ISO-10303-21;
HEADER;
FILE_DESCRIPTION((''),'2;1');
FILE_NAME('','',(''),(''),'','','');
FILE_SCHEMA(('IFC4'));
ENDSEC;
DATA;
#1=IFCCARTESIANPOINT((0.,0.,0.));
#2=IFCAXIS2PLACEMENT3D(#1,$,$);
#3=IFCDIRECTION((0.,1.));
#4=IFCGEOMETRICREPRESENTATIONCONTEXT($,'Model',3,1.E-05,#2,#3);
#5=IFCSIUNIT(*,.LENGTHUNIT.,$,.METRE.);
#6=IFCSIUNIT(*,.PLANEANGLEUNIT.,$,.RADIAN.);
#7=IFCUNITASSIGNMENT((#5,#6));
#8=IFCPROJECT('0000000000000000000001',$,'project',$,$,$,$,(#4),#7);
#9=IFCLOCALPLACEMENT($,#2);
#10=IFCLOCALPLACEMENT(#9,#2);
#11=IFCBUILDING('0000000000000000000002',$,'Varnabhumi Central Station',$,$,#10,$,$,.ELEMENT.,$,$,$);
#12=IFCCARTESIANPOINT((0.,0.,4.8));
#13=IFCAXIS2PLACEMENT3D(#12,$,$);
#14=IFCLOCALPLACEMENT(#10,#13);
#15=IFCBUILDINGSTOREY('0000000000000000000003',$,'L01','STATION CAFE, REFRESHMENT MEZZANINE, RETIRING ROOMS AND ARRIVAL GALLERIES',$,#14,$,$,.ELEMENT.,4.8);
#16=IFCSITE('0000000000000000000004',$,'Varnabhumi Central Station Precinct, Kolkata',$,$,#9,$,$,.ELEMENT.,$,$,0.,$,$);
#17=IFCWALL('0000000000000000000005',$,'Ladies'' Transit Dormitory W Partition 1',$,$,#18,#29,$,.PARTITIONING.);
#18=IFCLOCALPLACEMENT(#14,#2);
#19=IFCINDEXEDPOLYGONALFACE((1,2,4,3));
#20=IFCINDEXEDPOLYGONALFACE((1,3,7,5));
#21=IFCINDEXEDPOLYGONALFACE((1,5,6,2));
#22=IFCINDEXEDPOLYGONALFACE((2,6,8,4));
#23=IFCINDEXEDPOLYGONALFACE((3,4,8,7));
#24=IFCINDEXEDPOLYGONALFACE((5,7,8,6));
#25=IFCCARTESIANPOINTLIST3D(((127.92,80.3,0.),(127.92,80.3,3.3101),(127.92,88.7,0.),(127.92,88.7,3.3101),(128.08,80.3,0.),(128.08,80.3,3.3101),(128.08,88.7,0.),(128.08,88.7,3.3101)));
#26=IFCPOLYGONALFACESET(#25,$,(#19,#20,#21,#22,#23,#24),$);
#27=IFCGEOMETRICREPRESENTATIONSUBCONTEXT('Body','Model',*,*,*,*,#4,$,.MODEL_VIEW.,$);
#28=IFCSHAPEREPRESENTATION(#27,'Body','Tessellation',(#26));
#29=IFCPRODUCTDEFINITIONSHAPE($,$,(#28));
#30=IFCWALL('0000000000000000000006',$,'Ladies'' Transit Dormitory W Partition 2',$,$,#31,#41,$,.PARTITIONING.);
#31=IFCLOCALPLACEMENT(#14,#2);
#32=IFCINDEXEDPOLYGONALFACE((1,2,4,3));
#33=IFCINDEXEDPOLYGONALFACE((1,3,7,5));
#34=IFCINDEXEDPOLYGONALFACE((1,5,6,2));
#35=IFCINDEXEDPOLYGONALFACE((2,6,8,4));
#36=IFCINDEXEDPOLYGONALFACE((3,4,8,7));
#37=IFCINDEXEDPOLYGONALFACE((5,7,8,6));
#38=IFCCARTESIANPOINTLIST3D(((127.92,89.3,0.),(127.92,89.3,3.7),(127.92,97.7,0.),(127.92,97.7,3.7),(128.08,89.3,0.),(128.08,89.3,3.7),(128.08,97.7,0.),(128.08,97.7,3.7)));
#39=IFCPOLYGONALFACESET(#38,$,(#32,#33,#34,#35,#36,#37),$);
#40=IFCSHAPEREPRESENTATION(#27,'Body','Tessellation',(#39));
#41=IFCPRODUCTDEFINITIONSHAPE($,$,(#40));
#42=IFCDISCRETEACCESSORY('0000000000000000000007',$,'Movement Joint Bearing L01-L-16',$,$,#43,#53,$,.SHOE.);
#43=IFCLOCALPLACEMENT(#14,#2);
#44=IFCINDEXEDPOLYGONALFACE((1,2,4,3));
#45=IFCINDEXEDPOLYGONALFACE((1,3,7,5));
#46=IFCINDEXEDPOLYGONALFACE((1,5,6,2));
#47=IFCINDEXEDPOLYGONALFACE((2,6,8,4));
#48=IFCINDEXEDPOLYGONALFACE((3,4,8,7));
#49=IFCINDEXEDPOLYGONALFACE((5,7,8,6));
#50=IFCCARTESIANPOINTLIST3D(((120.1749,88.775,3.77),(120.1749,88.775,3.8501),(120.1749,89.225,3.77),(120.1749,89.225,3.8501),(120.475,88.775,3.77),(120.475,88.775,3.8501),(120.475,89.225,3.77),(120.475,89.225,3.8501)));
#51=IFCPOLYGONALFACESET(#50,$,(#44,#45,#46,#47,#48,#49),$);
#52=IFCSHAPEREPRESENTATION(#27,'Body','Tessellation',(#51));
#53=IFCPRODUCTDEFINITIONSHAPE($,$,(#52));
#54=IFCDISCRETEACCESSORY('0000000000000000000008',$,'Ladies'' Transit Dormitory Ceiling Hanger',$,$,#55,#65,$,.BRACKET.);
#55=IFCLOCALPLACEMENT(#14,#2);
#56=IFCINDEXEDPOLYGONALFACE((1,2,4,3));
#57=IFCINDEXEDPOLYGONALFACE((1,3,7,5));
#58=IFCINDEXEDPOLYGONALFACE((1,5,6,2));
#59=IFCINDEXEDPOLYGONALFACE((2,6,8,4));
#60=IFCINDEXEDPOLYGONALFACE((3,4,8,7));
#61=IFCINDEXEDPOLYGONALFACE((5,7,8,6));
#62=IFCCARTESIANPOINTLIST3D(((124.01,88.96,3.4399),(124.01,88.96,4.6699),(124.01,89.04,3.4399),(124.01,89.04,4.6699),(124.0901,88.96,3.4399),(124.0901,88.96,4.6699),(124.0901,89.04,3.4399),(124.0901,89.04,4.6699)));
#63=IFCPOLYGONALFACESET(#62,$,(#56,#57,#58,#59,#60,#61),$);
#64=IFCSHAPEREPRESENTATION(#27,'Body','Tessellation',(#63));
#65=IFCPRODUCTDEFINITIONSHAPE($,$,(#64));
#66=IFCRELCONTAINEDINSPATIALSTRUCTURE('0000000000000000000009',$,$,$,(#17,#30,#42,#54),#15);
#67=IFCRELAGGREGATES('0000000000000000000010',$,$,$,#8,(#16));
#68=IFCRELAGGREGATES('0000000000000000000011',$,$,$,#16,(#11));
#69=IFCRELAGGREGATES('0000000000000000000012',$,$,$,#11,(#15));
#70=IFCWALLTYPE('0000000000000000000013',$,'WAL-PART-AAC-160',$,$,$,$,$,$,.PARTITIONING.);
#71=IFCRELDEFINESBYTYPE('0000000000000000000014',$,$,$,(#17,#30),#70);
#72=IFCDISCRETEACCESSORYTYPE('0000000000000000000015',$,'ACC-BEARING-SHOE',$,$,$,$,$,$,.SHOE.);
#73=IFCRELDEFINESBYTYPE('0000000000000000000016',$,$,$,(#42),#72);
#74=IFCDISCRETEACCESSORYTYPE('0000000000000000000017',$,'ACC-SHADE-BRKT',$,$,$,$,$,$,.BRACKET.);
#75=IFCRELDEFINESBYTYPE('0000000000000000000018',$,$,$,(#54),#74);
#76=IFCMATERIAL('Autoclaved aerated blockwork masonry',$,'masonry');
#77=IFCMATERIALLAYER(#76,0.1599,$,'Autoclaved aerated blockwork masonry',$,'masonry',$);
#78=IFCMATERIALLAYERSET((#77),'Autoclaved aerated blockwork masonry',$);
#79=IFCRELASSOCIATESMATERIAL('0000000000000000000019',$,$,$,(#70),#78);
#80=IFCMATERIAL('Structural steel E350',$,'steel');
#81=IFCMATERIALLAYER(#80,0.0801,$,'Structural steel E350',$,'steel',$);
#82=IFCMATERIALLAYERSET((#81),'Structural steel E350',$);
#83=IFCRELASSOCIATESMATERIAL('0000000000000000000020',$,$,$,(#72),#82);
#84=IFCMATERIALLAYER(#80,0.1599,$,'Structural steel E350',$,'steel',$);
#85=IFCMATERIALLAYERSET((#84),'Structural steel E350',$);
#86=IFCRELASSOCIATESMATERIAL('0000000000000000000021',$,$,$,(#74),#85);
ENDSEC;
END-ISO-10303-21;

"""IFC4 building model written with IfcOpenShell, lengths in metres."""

from ifc_helpers import new_model, si_unit, direction, frame, frame_2d, origin, origin_2d, place, context, subcontext, project, spatial, rectangle, extrude, material, layer, layer_set, type_object, element, save


model = new_model("IFC4")

# Units and contexts
model_context = context("Model", 3, precision=1e-05, world=origin(), true_north=direction((0.0, 1.0)))
body_context = subcontext(model_context, "Body", "Model", "MODEL_VIEW")
ifc_project = project(units=[si_unit("LENGTHUNIT", "METRE"), si_unit("PLANEANGLEUNIT", "RADIAN")], contexts=[model_context])

# Site, building, storey
site_placement = place(None, origin())
site = spatial("IfcSite", under=ifc_project, at=site_placement, Name="Varnabhumi Central Station Precinct, Kolkata", CompositionType="ELEMENT", RefElevation=0.0)
building_placement = place(site_placement, origin())
building = spatial("IfcBuilding", under=site, at=building_placement, Name="Varnabhumi Central Station", CompositionType="ELEMENT")
storey_placement = place(building_placement, frame((0.0, 0.0, 4.8)))
storey = spatial("IfcBuildingStorey", under=building, at=storey_placement, Name="L01", Description="STATION CAFE, REFRESHMENT MEZZANINE, RETIRING ROOMS AND ARRIVAL GALLERIES", CompositionType="ELEMENT", Elevation=4.8)

# Shared definitions
ifc_material_1 = material(Name="Structural steel E350", Category="steel")

# Walls
ifc_material_2 = material(Name="Autoclaved aerated blockwork masonry", Category="masonry")
ifc_layer_1 = layer(ifc_material_2, 0.1599, Name="Autoclaved aerated blockwork masonry", Category="masonry")
ifc_layer_set_1 = layer_set([ifc_layer_1], Name="Autoclaved aerated blockwork masonry")
wall_type = type_object("IfcWallType", Name="WAL-PART-AAC-160", PredefinedType="PARTITIONING", material=ifc_layer_set_1)
wall_1_placement = place(storey_placement, frame((128.0, 80.3, 0.0), z_axis=(0.0, 0.0, 1.0), x_axis=(0.0, 1.0, 0.0)))
element("IfcWall", 1, at=wall_1_placement, inside=storey, type_object=wall_type, Name="Ladies' Transit Dormitory W Partition 1", PredefinedType="PARTITIONING", context=body_context, shape_type="SweptSolid", body=[
    extrude(rectangle(XDim=8.3999, YDim=0.1599, at=frame_2d((4.2, 0.0))), origin(), (0.0, 0.0, 1.0), 3.3101),
])
wall_2_placement = place(storey_placement, frame((128.0, 89.3, 0.0), z_axis=(0.0, 0.0, 1.0), x_axis=(0.0, 1.0, 0.0)))
element("IfcWall", 2, at=wall_2_placement, inside=storey, type_object=wall_type, Name="Ladies' Transit Dormitory W Partition 2", PredefinedType="PARTITIONING", context=body_context, shape_type="SweptSolid", body=[
    extrude(rectangle(XDim=8.3999, YDim=0.1599, at=frame_2d((4.2, 0.0))), origin(), (0.0, 0.0, 1.0), 3.7),
])

# Discrete accessories
ifc_layer_2 = layer(ifc_material_1, 0.0801, Name="Structural steel E350", Category="steel")
ifc_layer_set_2 = layer_set([ifc_layer_2], Name="Structural steel E350")
discrete_accessory_type_1 = type_object("IfcDiscreteAccessoryType", Name="ACC-BEARING-SHOE", PredefinedType="SHOE", material=ifc_layer_set_2)
discrete_accessory_1_placement = place(storey_placement, frame((120.325, 89.0, 3.77), z_axis=(0.0, 0.0, 1.0), x_axis=(1.0, 0.0, 0.0)))
element("IfcDiscreteAccessory", 3, at=discrete_accessory_1_placement, inside=storey, type_object=discrete_accessory_type_1, Name="Movement Joint Bearing L01-L-16", PredefinedType="SHOE", context=body_context, shape_type="SweptSolid", body=[
    extrude(rectangle(XDim=0.3, YDim=0.45, at=origin_2d()), origin(), (0.0, 0.0, 1.0), 0.0801),
])
ifc_layer_3 = layer(ifc_material_1, 0.1599, Name="Structural steel E350", Category="steel")
ifc_layer_set_3 = layer_set([ifc_layer_3], Name="Structural steel E350")
discrete_accessory_type_2 = type_object("IfcDiscreteAccessoryType", Name="ACC-SHADE-BRKT", PredefinedType="BRACKET", material=ifc_layer_set_3)
discrete_accessory_2_placement = place(storey_placement, frame((124.05, 89.0, 3.4399), z_axis=(0.0, 0.0, 1.0), x_axis=(1.0, 0.0, 0.0)))
element("IfcDiscreteAccessory", 4, at=discrete_accessory_2_placement, inside=storey, type_object=discrete_accessory_type_2, Name="Ladies' Transit Dormitory Ceiling Hanger", PredefinedType="BRACKET", context=body_context, shape_type="SweptSolid", body=[
    extrude(rectangle(XDim=0.0801, YDim=0.0801, at=origin_2d()), origin(), (0.0, 0.0, 1.0), 1.23),
])

save(model, "model.ifc")
